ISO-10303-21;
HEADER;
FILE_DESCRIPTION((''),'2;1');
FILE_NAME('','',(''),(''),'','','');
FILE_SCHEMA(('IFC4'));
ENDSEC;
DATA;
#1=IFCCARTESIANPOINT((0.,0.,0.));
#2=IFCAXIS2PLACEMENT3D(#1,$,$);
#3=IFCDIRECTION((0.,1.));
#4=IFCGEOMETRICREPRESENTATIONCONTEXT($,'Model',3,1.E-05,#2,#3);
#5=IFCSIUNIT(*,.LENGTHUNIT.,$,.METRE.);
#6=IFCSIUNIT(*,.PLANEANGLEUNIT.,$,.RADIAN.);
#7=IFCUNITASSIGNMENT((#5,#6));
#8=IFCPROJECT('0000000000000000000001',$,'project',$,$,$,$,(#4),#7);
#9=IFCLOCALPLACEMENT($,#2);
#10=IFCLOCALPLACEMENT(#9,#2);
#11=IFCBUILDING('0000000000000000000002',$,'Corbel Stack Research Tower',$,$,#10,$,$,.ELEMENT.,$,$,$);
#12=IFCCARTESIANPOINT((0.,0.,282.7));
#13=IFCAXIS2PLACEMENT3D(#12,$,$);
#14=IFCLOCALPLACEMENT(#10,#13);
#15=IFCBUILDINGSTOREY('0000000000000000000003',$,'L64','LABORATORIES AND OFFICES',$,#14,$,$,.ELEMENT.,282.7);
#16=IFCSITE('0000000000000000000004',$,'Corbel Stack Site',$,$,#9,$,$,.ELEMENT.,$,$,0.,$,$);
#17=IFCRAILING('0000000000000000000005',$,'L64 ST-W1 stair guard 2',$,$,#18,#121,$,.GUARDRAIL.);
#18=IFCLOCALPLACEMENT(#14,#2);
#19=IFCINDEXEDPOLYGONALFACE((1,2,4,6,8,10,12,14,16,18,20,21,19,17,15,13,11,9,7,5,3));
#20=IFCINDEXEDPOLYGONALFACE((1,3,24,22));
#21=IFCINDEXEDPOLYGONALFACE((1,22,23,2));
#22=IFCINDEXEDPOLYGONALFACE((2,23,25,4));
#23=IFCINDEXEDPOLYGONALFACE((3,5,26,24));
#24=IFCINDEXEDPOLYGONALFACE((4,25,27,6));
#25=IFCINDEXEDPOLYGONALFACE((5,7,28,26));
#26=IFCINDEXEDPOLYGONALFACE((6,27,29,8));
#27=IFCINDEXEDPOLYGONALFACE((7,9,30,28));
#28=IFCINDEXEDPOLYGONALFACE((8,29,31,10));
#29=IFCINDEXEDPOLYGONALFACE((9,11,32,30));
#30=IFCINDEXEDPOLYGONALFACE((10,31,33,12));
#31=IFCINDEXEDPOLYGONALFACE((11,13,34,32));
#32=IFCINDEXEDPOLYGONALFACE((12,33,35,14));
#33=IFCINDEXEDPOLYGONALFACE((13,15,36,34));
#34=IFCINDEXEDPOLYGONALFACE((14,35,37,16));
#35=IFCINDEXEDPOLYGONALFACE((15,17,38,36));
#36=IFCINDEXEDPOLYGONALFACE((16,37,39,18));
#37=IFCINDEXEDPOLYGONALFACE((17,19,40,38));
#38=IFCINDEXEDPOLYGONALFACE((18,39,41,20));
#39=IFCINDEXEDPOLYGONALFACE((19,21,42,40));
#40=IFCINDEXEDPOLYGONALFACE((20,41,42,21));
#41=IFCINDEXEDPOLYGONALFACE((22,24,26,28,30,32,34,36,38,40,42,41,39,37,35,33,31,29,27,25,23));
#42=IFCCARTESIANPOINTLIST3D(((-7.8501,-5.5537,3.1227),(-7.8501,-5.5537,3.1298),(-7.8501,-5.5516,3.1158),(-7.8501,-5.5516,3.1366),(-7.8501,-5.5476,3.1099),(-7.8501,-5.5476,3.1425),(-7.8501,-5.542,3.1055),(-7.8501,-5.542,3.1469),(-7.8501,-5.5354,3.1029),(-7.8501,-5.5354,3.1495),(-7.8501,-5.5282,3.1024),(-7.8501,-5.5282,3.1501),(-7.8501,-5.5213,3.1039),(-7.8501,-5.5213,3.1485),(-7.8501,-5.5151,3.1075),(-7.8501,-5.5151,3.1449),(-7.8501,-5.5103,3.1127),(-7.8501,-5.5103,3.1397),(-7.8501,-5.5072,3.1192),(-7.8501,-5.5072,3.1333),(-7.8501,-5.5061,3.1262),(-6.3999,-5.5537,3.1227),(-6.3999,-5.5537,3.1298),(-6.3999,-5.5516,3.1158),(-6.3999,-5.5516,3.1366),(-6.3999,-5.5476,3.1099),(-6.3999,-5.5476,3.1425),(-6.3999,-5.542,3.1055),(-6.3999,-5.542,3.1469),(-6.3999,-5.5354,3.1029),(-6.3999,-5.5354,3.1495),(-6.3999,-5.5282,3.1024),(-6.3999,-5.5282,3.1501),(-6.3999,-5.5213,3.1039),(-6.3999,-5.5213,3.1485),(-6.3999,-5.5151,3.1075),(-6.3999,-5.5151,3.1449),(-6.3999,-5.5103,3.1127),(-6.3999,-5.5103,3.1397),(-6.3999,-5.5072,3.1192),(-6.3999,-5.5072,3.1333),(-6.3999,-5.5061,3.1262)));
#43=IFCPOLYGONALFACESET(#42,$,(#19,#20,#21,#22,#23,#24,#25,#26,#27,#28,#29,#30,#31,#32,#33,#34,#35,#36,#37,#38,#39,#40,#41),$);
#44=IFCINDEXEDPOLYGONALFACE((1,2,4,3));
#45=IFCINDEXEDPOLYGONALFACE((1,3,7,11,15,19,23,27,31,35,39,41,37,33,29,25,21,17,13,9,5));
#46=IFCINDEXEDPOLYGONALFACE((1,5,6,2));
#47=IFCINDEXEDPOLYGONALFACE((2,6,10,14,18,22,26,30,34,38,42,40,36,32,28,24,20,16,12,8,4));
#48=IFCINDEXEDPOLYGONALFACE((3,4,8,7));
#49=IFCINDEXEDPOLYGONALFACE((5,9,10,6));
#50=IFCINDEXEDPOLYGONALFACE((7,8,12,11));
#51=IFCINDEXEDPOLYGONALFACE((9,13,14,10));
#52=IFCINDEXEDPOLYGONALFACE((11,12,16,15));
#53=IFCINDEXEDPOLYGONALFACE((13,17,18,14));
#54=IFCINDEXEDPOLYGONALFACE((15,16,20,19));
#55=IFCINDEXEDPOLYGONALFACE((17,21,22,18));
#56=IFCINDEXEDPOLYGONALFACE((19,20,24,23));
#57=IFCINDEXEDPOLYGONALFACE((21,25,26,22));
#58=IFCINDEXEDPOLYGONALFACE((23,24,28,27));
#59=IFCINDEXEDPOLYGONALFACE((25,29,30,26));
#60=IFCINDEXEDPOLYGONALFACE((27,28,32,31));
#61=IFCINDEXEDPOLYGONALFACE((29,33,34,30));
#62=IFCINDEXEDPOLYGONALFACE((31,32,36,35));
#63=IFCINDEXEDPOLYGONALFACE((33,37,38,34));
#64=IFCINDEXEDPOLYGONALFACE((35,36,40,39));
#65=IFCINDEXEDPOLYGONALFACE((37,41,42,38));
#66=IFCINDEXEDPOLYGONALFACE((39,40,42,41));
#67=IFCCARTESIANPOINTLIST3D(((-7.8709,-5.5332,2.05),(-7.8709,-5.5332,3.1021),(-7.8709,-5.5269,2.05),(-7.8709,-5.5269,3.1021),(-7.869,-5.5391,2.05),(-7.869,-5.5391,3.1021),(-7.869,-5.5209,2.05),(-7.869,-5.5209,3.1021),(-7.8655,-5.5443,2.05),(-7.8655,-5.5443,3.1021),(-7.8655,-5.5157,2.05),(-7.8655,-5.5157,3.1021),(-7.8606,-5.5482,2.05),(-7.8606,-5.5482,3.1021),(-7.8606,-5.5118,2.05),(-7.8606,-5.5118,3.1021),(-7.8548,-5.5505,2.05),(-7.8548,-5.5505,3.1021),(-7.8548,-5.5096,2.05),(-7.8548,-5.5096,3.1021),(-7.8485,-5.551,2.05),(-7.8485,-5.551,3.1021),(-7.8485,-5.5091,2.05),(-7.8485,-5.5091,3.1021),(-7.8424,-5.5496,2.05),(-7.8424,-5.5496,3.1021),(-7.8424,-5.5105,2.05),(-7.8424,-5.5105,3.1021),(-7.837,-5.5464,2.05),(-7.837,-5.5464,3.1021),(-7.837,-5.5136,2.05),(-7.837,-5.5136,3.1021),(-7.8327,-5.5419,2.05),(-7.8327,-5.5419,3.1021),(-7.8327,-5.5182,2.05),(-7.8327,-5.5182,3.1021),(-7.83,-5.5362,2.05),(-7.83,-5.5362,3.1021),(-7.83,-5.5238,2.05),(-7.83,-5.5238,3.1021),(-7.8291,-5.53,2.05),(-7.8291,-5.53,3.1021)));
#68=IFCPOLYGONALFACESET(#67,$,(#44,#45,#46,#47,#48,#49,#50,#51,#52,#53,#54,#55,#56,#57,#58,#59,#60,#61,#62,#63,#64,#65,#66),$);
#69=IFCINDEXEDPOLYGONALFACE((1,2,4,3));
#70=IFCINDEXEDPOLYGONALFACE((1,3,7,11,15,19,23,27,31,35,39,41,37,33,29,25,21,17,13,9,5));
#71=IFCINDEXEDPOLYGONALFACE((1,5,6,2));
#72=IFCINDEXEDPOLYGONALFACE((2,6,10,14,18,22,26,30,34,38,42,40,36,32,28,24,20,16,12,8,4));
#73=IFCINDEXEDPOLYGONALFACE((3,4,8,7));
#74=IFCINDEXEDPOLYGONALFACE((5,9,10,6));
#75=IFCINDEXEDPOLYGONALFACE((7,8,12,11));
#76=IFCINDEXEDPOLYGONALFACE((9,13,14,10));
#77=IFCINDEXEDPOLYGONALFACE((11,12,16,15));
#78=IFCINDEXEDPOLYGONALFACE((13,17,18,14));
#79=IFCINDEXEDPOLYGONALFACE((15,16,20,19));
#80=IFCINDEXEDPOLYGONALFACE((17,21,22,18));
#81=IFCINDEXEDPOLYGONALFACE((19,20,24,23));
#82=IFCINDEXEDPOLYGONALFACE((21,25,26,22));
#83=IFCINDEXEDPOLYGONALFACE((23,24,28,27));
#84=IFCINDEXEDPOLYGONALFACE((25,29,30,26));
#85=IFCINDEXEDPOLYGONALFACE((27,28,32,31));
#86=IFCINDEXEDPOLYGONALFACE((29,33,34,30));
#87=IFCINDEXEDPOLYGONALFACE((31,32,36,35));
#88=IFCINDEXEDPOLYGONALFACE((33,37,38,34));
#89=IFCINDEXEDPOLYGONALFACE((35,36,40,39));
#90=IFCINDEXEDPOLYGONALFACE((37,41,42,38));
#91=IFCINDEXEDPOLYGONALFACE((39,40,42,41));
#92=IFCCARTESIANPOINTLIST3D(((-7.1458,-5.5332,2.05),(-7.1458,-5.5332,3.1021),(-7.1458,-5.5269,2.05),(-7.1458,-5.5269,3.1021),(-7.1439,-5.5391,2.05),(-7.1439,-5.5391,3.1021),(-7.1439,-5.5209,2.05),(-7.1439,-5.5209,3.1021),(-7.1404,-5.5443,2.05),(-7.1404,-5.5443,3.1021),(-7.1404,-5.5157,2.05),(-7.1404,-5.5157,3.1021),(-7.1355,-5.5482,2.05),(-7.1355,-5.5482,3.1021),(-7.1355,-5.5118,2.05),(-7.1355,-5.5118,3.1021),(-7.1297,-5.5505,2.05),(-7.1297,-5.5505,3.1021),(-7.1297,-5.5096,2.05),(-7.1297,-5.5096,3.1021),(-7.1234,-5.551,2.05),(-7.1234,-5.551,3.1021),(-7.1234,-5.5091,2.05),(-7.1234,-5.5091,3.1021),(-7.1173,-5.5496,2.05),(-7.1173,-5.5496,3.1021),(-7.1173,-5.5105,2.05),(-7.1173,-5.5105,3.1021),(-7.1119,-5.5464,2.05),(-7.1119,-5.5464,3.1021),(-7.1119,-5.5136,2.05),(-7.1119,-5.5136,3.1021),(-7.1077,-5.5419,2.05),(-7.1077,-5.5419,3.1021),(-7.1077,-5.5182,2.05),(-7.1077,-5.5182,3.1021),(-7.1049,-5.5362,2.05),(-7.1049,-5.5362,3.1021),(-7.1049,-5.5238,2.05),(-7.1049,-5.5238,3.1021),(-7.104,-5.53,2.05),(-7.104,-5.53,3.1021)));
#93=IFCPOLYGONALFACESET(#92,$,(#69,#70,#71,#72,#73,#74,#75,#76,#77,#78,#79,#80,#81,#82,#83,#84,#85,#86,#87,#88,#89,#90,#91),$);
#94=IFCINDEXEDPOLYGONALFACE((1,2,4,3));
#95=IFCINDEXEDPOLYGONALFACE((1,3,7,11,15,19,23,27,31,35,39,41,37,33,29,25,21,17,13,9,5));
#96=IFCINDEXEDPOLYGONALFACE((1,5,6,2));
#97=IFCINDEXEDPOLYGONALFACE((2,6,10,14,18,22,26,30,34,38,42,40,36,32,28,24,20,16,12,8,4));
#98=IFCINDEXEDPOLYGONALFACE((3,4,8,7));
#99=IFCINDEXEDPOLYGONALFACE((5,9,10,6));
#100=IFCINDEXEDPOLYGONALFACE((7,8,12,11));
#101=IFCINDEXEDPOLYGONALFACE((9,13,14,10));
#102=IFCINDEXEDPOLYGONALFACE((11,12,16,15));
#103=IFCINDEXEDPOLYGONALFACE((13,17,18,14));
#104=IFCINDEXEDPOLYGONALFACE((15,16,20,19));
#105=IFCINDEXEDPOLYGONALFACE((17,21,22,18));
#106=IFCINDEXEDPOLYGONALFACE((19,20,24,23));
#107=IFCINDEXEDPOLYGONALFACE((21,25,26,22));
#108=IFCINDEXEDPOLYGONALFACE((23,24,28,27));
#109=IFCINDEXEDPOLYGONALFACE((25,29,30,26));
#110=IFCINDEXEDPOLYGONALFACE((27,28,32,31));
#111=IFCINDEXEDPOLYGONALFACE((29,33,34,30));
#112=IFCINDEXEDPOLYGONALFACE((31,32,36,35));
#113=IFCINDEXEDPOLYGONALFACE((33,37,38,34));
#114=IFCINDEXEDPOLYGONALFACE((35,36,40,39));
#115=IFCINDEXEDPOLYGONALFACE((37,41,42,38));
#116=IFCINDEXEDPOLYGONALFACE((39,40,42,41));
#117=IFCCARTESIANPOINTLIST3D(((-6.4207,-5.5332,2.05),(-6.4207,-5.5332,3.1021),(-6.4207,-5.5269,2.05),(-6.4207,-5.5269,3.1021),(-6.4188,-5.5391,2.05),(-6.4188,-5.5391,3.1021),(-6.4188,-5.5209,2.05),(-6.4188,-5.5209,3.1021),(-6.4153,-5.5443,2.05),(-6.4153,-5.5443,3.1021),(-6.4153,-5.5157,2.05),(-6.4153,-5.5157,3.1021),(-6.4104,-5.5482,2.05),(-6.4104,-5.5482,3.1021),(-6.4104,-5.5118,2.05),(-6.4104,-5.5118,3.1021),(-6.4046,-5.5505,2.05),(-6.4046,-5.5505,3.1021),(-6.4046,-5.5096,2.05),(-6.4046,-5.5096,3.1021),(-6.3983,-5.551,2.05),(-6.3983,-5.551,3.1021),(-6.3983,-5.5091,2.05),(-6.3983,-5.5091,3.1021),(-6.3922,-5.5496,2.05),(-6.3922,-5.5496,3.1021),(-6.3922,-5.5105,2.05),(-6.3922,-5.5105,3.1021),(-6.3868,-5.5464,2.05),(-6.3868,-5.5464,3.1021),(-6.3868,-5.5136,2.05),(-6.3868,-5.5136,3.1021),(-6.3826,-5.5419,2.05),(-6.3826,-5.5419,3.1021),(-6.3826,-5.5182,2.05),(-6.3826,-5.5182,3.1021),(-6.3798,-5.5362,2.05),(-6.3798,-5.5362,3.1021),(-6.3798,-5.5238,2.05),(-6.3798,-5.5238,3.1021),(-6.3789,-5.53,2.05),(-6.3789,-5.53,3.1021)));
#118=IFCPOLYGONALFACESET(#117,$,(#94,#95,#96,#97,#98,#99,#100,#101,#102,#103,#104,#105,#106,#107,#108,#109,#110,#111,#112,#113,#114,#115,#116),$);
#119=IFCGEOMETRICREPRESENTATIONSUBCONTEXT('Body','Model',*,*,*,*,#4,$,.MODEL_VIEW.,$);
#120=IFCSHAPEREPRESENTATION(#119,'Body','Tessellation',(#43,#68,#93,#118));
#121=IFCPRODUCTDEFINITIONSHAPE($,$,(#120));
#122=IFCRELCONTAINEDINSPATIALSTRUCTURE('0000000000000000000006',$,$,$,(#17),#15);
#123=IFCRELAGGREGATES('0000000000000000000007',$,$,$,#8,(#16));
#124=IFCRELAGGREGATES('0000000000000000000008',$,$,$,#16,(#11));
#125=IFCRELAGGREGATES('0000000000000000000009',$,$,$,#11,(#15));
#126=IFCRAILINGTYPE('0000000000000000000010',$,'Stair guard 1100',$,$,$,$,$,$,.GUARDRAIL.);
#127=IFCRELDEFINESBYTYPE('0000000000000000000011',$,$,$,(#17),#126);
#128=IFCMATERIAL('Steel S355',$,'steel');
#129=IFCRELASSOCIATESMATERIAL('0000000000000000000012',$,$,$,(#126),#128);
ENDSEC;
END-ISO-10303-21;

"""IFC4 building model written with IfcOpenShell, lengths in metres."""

from ifc_helpers import new_model, si_unit, direction, frame, origin, origin_2d, place, context, subcontext, project, spatial, circle, extrude, material, type_object, element, save


model = new_model("IFC4")

# Units and contexts
model_context = context("Model", 3, precision=1e-05, world=origin(), true_north=direction((0.0, 1.0)))
body_context = subcontext(model_context, "Body", "Model", "MODEL_VIEW")
ifc_project = project(units=[si_unit("LENGTHUNIT", "METRE"), si_unit("PLANEANGLEUNIT", "RADIAN")], contexts=[model_context])

# Site, building, storey
site_placement = place(None, origin())
site = spatial("IfcSite", under=ifc_project, at=site_placement, Name="Corbel Stack Site", CompositionType="ELEMENT", RefElevation=0.0)
building_placement = place(site_placement, origin())
building = spatial("IfcBuilding", under=site, at=building_placement, Name="Corbel Stack Research Tower", CompositionType="ELEMENT")
storey_placement = place(building_placement, frame((0.0, 0.0, 282.7)))
storey = spatial("IfcBuildingStorey", under=building, at=storey_placement, Name="L64", Description="LABORATORIES AND OFFICES", CompositionType="ELEMENT", Elevation=282.7)

# Railing
ifc_material_1 = material(Name="Steel S355", Category="steel")
railing_type_1 = type_object("IfcRailingType", Name="Stair guard 1100", PredefinedType="GUARDRAIL", material=ifc_material_1)
railing_1_placement = place(storey_placement, frame((-7.8501, -5.53, 2.05)))
element("IfcRailing", 1, at=railing_1_placement, inside=storey, type_object=railing_type_1, Name="L64 ST-W1 stair guard 2", PredefinedType="GUARDRAIL", context=body_context, shape_type="SweptSolid", body=[
    extrude(circle(Radius=0.0239, at=origin_2d()), frame((0.0, 0.0, 1.0762), z_axis=(1.0, 0.0, 0.0), x_axis=(0.0, 1.0, 0.0)), (0.0, 0.0, 1.0), 1.4502),
    extrude(circle(Radius=0.021, at=origin_2d()), origin(), (0.0, 0.0, 1.0), 1.052),
    extrude(circle(Radius=0.021, at=origin_2d()), frame((0.7251, 0.0, 0.0)), (0.0, 0.0, 1.0), 1.052),
    extrude(circle(Radius=0.021, at=origin_2d()), frame((1.4502, 0.0, 0.0)), (0.0, 0.0, 1.0), 1.052),
])

save(model, "model.ifc")
